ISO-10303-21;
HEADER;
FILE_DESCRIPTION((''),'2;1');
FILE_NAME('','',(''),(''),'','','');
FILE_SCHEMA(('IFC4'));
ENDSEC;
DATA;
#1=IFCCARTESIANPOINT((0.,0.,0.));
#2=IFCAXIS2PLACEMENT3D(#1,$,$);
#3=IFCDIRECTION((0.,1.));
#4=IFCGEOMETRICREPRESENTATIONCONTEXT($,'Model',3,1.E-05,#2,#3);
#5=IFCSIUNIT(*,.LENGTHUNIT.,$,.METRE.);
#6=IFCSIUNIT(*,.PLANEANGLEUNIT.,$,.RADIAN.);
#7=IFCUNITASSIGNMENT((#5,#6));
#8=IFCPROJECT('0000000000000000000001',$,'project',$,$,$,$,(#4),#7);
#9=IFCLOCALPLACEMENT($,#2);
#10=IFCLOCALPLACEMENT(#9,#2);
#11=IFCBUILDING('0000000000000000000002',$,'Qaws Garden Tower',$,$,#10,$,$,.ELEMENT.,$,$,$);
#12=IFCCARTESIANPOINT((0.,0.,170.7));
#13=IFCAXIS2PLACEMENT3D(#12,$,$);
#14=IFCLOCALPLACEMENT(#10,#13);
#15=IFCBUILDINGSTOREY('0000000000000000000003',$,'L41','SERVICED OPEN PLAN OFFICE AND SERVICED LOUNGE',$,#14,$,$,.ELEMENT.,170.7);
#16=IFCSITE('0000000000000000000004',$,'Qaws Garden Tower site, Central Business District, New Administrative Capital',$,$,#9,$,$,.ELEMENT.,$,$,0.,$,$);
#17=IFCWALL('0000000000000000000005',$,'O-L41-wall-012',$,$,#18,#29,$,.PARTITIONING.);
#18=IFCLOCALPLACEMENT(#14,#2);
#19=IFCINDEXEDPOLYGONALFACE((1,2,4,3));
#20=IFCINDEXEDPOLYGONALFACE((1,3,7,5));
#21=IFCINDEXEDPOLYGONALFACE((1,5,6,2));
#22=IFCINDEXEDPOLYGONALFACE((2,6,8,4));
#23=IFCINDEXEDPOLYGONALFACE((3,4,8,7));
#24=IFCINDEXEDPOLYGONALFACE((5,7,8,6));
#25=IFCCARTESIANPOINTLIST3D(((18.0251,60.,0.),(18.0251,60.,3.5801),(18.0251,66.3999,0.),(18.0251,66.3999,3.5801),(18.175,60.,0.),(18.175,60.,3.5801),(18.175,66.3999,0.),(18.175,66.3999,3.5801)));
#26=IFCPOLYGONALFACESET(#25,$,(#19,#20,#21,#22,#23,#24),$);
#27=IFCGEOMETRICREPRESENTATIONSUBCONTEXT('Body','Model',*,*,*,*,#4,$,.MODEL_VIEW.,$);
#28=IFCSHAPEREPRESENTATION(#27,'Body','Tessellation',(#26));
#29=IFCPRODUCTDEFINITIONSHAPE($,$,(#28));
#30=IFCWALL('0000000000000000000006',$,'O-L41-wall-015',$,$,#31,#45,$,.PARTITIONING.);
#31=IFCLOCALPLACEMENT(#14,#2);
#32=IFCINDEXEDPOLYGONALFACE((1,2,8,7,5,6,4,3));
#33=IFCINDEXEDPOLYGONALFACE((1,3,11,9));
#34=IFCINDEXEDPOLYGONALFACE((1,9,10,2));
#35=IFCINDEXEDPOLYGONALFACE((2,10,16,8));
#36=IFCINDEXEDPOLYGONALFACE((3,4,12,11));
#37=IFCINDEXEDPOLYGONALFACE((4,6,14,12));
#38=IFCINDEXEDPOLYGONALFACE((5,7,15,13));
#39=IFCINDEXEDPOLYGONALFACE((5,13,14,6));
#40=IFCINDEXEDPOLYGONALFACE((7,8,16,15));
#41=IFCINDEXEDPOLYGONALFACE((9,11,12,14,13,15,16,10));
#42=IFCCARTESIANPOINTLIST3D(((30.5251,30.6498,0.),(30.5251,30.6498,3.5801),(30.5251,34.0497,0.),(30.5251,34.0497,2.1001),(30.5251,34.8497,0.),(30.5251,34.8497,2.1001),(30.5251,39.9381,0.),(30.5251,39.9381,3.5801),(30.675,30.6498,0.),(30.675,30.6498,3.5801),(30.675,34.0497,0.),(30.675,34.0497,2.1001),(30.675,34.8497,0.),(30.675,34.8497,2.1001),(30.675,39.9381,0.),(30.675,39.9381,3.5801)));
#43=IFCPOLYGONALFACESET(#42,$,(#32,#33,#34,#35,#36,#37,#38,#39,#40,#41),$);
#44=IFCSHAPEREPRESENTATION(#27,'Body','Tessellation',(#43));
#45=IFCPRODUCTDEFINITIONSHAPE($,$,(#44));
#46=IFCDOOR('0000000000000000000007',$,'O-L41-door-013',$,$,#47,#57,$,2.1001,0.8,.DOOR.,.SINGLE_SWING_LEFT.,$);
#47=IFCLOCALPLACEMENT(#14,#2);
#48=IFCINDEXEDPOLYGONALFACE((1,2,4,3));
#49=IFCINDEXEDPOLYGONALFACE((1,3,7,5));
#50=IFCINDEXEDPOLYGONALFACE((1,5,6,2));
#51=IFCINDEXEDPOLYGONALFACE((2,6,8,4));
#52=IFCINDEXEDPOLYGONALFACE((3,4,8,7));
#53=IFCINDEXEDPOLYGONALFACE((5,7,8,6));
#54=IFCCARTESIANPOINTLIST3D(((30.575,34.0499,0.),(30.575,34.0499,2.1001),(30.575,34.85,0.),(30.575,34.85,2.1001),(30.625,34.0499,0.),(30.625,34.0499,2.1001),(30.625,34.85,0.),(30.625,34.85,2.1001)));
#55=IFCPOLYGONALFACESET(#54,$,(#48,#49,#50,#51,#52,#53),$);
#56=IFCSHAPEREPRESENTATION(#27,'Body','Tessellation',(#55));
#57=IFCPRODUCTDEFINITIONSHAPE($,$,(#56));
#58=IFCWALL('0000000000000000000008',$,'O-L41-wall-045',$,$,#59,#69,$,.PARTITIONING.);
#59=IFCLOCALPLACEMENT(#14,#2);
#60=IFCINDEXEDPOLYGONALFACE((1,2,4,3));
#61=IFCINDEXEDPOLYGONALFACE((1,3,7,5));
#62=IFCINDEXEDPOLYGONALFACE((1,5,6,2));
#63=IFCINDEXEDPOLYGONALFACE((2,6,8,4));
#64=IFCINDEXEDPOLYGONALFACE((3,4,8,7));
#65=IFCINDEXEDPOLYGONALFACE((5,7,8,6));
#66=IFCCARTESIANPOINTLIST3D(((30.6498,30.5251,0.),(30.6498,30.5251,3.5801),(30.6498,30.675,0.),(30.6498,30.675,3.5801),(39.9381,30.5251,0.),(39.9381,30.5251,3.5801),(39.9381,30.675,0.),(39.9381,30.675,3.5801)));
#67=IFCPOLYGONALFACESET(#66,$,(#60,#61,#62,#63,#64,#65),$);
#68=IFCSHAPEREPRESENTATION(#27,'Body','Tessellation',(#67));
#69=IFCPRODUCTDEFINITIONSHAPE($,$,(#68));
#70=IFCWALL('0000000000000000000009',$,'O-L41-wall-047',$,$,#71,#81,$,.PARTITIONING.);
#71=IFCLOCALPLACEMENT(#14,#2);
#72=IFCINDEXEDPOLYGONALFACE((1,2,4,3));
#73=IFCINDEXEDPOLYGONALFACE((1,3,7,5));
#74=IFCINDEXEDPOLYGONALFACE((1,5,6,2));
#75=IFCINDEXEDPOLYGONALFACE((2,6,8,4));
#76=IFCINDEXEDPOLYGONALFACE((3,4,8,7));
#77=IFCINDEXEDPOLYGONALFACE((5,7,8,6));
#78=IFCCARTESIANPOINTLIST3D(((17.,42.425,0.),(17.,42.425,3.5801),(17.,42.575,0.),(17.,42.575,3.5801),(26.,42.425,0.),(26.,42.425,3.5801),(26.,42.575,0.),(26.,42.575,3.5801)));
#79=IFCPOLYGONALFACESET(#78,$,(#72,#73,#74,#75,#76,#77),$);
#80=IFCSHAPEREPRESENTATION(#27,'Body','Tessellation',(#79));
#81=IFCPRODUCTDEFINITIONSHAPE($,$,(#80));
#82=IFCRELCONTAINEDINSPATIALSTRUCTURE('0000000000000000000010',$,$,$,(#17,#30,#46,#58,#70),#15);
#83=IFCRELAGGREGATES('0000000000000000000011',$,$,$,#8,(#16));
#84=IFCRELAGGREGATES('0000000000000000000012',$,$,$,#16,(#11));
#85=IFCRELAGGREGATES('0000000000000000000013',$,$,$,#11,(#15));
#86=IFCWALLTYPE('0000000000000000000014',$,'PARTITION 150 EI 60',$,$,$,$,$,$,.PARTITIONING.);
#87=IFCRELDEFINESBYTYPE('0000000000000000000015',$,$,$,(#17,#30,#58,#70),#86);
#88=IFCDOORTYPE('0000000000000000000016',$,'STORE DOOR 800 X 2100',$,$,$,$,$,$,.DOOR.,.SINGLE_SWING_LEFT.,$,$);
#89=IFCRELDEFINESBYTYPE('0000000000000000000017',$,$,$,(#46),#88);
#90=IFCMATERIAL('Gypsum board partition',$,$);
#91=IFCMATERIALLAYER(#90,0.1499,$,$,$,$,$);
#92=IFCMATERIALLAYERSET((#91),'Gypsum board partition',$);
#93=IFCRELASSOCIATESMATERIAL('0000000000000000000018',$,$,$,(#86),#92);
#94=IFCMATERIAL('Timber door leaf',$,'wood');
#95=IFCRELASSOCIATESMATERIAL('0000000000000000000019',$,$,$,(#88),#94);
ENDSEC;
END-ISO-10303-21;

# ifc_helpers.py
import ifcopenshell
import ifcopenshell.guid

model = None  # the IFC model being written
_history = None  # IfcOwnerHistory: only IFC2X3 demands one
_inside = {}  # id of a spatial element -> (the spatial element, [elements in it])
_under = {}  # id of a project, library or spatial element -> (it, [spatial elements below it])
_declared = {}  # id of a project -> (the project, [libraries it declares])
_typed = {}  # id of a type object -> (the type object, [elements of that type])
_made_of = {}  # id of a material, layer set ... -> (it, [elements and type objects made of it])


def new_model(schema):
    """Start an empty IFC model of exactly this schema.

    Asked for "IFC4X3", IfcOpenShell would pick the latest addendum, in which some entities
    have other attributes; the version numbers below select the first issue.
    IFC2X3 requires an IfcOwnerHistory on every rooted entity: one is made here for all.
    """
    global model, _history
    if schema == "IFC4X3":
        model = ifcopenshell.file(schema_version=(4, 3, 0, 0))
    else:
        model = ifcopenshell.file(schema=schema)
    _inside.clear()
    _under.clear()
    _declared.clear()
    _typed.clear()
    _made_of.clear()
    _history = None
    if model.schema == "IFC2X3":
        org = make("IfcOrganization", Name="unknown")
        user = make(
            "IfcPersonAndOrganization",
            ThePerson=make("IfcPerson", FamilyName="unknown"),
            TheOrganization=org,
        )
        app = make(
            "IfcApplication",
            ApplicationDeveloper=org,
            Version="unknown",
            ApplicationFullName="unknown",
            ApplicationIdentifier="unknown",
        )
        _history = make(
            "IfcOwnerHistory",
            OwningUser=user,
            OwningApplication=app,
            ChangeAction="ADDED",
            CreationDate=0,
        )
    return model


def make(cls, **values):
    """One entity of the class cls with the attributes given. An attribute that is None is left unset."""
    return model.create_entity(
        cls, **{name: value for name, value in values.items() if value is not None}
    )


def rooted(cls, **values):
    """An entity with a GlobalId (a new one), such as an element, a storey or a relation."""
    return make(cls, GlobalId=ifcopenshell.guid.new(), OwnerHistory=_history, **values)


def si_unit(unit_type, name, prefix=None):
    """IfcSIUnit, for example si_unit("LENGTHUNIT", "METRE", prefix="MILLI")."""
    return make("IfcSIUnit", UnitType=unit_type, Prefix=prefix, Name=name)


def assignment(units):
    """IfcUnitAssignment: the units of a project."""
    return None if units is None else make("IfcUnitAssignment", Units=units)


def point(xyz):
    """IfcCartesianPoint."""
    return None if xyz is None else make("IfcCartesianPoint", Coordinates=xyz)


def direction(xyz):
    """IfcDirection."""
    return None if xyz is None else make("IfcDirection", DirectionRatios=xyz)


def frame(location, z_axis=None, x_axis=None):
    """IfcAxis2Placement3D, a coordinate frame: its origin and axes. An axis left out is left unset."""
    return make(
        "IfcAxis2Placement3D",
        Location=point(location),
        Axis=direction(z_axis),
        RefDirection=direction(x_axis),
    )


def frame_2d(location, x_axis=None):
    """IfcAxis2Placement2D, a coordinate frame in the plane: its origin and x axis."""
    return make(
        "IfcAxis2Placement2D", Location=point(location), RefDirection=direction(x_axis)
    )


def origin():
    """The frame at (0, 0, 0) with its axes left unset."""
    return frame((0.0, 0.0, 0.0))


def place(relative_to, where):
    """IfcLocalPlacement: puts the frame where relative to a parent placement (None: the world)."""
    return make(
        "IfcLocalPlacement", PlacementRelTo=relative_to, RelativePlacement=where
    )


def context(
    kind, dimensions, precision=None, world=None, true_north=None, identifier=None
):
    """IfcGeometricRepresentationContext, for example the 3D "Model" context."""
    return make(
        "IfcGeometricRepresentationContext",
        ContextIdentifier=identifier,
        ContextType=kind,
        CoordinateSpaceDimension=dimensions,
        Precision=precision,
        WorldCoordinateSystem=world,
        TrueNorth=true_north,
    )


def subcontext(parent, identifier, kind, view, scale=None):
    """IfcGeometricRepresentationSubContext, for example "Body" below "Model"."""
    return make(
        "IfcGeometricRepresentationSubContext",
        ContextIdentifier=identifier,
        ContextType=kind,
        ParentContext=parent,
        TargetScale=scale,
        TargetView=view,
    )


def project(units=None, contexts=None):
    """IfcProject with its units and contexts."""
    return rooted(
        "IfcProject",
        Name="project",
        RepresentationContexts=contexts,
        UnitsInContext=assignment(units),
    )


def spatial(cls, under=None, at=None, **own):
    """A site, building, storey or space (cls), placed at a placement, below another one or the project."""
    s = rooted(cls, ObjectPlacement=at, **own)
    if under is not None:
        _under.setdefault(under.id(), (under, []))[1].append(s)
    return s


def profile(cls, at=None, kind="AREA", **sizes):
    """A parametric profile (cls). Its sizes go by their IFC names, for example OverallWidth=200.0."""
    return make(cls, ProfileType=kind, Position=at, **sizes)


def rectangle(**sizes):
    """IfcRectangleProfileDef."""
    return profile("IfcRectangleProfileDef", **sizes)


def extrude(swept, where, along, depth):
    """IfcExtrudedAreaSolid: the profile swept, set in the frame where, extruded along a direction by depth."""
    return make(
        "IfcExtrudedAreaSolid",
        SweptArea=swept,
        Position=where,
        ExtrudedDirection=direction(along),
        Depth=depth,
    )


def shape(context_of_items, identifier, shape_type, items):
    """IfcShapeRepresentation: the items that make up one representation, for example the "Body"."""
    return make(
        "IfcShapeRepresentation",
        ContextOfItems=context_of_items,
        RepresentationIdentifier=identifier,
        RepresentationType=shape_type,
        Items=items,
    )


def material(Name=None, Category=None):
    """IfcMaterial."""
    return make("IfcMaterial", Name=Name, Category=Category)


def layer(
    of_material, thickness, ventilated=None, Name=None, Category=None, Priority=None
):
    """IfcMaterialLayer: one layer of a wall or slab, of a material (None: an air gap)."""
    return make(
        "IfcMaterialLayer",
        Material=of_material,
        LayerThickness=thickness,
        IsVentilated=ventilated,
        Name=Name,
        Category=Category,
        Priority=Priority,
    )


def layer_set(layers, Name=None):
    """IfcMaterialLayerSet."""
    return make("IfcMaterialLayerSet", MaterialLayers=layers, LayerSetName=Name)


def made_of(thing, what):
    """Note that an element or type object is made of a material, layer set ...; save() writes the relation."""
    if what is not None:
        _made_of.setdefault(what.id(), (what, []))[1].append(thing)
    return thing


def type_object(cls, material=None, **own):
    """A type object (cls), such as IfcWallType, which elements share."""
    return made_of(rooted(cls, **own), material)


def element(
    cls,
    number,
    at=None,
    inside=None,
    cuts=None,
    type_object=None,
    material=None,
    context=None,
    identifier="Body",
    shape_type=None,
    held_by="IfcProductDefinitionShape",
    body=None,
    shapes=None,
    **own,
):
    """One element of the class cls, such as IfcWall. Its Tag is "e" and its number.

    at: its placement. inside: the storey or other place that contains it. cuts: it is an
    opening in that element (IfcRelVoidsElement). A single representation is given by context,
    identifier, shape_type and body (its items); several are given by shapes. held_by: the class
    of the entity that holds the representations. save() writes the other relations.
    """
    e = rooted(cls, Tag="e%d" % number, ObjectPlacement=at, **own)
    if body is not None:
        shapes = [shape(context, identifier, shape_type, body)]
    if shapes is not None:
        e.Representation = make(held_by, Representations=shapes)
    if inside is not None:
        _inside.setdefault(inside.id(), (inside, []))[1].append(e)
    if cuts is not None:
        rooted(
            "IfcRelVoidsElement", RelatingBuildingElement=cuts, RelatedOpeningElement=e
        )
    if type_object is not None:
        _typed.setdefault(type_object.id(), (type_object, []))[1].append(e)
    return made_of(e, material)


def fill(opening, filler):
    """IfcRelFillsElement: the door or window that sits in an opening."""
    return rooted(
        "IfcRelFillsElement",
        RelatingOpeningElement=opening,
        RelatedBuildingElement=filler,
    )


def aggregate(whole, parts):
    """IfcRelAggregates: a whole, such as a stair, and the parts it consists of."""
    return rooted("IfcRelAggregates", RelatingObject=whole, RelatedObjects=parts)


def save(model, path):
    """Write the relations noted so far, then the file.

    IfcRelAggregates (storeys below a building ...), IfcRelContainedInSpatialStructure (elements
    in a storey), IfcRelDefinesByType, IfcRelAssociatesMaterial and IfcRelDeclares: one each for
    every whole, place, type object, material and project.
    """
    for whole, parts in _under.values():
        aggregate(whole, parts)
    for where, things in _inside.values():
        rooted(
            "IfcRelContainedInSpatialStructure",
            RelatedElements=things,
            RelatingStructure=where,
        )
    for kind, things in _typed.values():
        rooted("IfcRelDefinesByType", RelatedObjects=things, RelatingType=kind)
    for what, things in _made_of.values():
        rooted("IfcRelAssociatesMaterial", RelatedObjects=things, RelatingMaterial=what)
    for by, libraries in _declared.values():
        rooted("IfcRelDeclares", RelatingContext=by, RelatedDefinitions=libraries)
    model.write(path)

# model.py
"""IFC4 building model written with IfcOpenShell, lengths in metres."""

from ifc_helpers import new_model, si_unit, direction, frame, frame_2d, origin, place, context, subcontext, project, spatial, rectangle, extrude, material, layer, layer_set, type_object, element, fill, save


model = new_model("IFC4")

# Units and contexts
model_context = context("Model", 3, precision=1e-05, world=origin(), true_north=direction((0.0, 1.0)))
body_context = subcontext(model_context, "Body", "Model", "MODEL_VIEW")
ifc_project = project(units=[si_unit("LENGTHUNIT", "METRE"), si_unit("PLANEANGLEUNIT", "RADIAN")], contexts=[model_context])

# Site, building, storey
site_placement = place(None, origin())
site = spatial("IfcSite", under=ifc_project, at=site_placement, Name="Qaws Garden Tower site, Central Business District, New Administrative Capital", CompositionType="ELEMENT", RefElevation=0.0)
building_placement = place(site_placement, origin())
building = spatial("IfcBuilding", under=site, at=building_placement, Name="Qaws Garden Tower", CompositionType="ELEMENT")
storey_placement = place(building_placement, frame((0.0, 0.0, 170.7)))
storey = spatial("IfcBuildingStorey", under=building, at=storey_placement, Name="L41", Description="SERVICED OPEN PLAN OFFICE AND SERVICED LOUNGE", CompositionType="ELEMENT", Elevation=170.7)

# Wall
ifc_material_1 = material(Name="Gypsum board partition")
ifc_layer_1 = layer(ifc_material_1, 0.1499)
ifc_layer_set_1 = layer_set([ifc_layer_1], Name="Gypsum board partition")
wall_type_1 = type_object("IfcWallType", Name="PARTITION 150 EI 60", PredefinedType="PARTITIONING", material=ifc_layer_set_1)
wall_1_placement = place(storey_placement, frame((18.1001, 60.0, 0.0), z_axis=(0.0, 0.0, 1.0), x_axis=(0.0, 1.0, 0.0)))
element("IfcWall", 1, at=wall_1_placement, inside=storey, type_object=wall_type_1, Name="O-L41-wall-012", PredefinedType="PARTITIONING", context=body_context, shape_type="SweptSolid", body=[
    extrude(rectangle(XDim=6.3999, YDim=0.1499, at=frame_2d((3.2, 0.0))), origin(), (0.0, 0.0, 1.0), 3.5801),
])

# Wall, opening, door
wall_2_placement = place(storey_placement, frame((30.6001, 30.6499, 0.0), z_axis=(0.0, 0.0, 1.0), x_axis=(0.0, 1.0, 0.0)))
wall_2 = element("IfcWall", 2, at=wall_2_placement, inside=storey, type_object=wall_type_1, Name="O-L41-wall-015", PredefinedType="PARTITIONING", context=body_context, shape_type="SweptSolid", body=[
    extrude(rectangle(XDim=9.2883, YDim=0.1499, at=frame_2d((4.644, 0.0))), origin(), (0.0, 0.0, 1.0), 3.5801),
])
opening_1_placement = place(wall_2_placement, frame((3.3999, 0.0, 0.0)))
opening_1 = element("IfcOpeningElement", 3, at=opening_1_placement, cuts=wall_2, PredefinedType="OPENING", context=body_context, shape_type="SweptSolid", body=[
    extrude(rectangle(XDim=0.8, YDim=2.1001, at=frame_2d((0.3999, 1.05))), frame((0.0, 0.085, 0.0), z_axis=(0.0, -1.0, 0.0), x_axis=(1.0, 0.0, 0.0)), (0.0, 0.0, 1.0), 0.1699),
])
ifc_material_2 = material(Name="Timber door leaf", Category="wood")
door_type = type_object("IfcDoorType", Name="STORE DOOR 800 X 2100", OperationType="SINGLE_SWING_LEFT", PredefinedType="DOOR", material=ifc_material_2)
door_placement = place(opening_1_placement, frame((0.8, 0.0, 0.0), z_axis=(0.0, 0.0, 1.0), x_axis=(-1.0, 0.0, 0.0)))
door = element("IfcDoor", 4, at=door_placement, inside=storey, type_object=door_type, Name="O-L41-door-013", OperationType="SINGLE_SWING_LEFT", OverallHeight=2.1001, OverallWidth=0.8, PredefinedType="DOOR", context=body_context, shape_type="SweptSolid", body=[
    extrude(rectangle(XDim=0.8, YDim=2.1001, at=frame_2d((0.3999, 1.05))), frame((0.0, 0.0249, 0.0), z_axis=(0.0, -1.0, 0.0), x_axis=(1.0, 0.0, 0.0)), (0.0, 0.0, 1.0), 0.05),
])
fill(opening_1, door)

# Walls
wall_3_placement = place(storey_placement, frame((30.6499, 30.6001, 0.0), z_axis=(0.0, 0.0, 1.0), x_axis=(1.0, 0.0, 0.0)))
element("IfcWall", 5, at=wall_3_placement, inside=storey, type_object=wall_type_1, Name="O-L41-wall-045", PredefinedType="PARTITIONING", context=body_context, shape_type="SweptSolid", body=[
    extrude(rectangle(XDim=9.2883, YDim=0.1499, at=frame_2d((4.644, 0.0))), origin(), (0.0, 0.0, 1.0), 3.5801),
])
wall_4_placement = place(storey_placement, frame((17.0, 42.5, 0.0), z_axis=(0.0, 0.0, 1.0), x_axis=(1.0, 0.0, 0.0)))
element("IfcWall", 6, at=wall_4_placement, inside=storey, type_object=wall_type_1, Name="O-L41-wall-047", PredefinedType="PARTITIONING", context=body_context, shape_type="SweptSolid", body=[
    extrude(rectangle(XDim=9.0, YDim=0.1499, at=frame_2d((4.5, 0.0))), origin(), (0.0, 0.0, 1.0), 3.5801),
])

save(model, "model.ifc")
